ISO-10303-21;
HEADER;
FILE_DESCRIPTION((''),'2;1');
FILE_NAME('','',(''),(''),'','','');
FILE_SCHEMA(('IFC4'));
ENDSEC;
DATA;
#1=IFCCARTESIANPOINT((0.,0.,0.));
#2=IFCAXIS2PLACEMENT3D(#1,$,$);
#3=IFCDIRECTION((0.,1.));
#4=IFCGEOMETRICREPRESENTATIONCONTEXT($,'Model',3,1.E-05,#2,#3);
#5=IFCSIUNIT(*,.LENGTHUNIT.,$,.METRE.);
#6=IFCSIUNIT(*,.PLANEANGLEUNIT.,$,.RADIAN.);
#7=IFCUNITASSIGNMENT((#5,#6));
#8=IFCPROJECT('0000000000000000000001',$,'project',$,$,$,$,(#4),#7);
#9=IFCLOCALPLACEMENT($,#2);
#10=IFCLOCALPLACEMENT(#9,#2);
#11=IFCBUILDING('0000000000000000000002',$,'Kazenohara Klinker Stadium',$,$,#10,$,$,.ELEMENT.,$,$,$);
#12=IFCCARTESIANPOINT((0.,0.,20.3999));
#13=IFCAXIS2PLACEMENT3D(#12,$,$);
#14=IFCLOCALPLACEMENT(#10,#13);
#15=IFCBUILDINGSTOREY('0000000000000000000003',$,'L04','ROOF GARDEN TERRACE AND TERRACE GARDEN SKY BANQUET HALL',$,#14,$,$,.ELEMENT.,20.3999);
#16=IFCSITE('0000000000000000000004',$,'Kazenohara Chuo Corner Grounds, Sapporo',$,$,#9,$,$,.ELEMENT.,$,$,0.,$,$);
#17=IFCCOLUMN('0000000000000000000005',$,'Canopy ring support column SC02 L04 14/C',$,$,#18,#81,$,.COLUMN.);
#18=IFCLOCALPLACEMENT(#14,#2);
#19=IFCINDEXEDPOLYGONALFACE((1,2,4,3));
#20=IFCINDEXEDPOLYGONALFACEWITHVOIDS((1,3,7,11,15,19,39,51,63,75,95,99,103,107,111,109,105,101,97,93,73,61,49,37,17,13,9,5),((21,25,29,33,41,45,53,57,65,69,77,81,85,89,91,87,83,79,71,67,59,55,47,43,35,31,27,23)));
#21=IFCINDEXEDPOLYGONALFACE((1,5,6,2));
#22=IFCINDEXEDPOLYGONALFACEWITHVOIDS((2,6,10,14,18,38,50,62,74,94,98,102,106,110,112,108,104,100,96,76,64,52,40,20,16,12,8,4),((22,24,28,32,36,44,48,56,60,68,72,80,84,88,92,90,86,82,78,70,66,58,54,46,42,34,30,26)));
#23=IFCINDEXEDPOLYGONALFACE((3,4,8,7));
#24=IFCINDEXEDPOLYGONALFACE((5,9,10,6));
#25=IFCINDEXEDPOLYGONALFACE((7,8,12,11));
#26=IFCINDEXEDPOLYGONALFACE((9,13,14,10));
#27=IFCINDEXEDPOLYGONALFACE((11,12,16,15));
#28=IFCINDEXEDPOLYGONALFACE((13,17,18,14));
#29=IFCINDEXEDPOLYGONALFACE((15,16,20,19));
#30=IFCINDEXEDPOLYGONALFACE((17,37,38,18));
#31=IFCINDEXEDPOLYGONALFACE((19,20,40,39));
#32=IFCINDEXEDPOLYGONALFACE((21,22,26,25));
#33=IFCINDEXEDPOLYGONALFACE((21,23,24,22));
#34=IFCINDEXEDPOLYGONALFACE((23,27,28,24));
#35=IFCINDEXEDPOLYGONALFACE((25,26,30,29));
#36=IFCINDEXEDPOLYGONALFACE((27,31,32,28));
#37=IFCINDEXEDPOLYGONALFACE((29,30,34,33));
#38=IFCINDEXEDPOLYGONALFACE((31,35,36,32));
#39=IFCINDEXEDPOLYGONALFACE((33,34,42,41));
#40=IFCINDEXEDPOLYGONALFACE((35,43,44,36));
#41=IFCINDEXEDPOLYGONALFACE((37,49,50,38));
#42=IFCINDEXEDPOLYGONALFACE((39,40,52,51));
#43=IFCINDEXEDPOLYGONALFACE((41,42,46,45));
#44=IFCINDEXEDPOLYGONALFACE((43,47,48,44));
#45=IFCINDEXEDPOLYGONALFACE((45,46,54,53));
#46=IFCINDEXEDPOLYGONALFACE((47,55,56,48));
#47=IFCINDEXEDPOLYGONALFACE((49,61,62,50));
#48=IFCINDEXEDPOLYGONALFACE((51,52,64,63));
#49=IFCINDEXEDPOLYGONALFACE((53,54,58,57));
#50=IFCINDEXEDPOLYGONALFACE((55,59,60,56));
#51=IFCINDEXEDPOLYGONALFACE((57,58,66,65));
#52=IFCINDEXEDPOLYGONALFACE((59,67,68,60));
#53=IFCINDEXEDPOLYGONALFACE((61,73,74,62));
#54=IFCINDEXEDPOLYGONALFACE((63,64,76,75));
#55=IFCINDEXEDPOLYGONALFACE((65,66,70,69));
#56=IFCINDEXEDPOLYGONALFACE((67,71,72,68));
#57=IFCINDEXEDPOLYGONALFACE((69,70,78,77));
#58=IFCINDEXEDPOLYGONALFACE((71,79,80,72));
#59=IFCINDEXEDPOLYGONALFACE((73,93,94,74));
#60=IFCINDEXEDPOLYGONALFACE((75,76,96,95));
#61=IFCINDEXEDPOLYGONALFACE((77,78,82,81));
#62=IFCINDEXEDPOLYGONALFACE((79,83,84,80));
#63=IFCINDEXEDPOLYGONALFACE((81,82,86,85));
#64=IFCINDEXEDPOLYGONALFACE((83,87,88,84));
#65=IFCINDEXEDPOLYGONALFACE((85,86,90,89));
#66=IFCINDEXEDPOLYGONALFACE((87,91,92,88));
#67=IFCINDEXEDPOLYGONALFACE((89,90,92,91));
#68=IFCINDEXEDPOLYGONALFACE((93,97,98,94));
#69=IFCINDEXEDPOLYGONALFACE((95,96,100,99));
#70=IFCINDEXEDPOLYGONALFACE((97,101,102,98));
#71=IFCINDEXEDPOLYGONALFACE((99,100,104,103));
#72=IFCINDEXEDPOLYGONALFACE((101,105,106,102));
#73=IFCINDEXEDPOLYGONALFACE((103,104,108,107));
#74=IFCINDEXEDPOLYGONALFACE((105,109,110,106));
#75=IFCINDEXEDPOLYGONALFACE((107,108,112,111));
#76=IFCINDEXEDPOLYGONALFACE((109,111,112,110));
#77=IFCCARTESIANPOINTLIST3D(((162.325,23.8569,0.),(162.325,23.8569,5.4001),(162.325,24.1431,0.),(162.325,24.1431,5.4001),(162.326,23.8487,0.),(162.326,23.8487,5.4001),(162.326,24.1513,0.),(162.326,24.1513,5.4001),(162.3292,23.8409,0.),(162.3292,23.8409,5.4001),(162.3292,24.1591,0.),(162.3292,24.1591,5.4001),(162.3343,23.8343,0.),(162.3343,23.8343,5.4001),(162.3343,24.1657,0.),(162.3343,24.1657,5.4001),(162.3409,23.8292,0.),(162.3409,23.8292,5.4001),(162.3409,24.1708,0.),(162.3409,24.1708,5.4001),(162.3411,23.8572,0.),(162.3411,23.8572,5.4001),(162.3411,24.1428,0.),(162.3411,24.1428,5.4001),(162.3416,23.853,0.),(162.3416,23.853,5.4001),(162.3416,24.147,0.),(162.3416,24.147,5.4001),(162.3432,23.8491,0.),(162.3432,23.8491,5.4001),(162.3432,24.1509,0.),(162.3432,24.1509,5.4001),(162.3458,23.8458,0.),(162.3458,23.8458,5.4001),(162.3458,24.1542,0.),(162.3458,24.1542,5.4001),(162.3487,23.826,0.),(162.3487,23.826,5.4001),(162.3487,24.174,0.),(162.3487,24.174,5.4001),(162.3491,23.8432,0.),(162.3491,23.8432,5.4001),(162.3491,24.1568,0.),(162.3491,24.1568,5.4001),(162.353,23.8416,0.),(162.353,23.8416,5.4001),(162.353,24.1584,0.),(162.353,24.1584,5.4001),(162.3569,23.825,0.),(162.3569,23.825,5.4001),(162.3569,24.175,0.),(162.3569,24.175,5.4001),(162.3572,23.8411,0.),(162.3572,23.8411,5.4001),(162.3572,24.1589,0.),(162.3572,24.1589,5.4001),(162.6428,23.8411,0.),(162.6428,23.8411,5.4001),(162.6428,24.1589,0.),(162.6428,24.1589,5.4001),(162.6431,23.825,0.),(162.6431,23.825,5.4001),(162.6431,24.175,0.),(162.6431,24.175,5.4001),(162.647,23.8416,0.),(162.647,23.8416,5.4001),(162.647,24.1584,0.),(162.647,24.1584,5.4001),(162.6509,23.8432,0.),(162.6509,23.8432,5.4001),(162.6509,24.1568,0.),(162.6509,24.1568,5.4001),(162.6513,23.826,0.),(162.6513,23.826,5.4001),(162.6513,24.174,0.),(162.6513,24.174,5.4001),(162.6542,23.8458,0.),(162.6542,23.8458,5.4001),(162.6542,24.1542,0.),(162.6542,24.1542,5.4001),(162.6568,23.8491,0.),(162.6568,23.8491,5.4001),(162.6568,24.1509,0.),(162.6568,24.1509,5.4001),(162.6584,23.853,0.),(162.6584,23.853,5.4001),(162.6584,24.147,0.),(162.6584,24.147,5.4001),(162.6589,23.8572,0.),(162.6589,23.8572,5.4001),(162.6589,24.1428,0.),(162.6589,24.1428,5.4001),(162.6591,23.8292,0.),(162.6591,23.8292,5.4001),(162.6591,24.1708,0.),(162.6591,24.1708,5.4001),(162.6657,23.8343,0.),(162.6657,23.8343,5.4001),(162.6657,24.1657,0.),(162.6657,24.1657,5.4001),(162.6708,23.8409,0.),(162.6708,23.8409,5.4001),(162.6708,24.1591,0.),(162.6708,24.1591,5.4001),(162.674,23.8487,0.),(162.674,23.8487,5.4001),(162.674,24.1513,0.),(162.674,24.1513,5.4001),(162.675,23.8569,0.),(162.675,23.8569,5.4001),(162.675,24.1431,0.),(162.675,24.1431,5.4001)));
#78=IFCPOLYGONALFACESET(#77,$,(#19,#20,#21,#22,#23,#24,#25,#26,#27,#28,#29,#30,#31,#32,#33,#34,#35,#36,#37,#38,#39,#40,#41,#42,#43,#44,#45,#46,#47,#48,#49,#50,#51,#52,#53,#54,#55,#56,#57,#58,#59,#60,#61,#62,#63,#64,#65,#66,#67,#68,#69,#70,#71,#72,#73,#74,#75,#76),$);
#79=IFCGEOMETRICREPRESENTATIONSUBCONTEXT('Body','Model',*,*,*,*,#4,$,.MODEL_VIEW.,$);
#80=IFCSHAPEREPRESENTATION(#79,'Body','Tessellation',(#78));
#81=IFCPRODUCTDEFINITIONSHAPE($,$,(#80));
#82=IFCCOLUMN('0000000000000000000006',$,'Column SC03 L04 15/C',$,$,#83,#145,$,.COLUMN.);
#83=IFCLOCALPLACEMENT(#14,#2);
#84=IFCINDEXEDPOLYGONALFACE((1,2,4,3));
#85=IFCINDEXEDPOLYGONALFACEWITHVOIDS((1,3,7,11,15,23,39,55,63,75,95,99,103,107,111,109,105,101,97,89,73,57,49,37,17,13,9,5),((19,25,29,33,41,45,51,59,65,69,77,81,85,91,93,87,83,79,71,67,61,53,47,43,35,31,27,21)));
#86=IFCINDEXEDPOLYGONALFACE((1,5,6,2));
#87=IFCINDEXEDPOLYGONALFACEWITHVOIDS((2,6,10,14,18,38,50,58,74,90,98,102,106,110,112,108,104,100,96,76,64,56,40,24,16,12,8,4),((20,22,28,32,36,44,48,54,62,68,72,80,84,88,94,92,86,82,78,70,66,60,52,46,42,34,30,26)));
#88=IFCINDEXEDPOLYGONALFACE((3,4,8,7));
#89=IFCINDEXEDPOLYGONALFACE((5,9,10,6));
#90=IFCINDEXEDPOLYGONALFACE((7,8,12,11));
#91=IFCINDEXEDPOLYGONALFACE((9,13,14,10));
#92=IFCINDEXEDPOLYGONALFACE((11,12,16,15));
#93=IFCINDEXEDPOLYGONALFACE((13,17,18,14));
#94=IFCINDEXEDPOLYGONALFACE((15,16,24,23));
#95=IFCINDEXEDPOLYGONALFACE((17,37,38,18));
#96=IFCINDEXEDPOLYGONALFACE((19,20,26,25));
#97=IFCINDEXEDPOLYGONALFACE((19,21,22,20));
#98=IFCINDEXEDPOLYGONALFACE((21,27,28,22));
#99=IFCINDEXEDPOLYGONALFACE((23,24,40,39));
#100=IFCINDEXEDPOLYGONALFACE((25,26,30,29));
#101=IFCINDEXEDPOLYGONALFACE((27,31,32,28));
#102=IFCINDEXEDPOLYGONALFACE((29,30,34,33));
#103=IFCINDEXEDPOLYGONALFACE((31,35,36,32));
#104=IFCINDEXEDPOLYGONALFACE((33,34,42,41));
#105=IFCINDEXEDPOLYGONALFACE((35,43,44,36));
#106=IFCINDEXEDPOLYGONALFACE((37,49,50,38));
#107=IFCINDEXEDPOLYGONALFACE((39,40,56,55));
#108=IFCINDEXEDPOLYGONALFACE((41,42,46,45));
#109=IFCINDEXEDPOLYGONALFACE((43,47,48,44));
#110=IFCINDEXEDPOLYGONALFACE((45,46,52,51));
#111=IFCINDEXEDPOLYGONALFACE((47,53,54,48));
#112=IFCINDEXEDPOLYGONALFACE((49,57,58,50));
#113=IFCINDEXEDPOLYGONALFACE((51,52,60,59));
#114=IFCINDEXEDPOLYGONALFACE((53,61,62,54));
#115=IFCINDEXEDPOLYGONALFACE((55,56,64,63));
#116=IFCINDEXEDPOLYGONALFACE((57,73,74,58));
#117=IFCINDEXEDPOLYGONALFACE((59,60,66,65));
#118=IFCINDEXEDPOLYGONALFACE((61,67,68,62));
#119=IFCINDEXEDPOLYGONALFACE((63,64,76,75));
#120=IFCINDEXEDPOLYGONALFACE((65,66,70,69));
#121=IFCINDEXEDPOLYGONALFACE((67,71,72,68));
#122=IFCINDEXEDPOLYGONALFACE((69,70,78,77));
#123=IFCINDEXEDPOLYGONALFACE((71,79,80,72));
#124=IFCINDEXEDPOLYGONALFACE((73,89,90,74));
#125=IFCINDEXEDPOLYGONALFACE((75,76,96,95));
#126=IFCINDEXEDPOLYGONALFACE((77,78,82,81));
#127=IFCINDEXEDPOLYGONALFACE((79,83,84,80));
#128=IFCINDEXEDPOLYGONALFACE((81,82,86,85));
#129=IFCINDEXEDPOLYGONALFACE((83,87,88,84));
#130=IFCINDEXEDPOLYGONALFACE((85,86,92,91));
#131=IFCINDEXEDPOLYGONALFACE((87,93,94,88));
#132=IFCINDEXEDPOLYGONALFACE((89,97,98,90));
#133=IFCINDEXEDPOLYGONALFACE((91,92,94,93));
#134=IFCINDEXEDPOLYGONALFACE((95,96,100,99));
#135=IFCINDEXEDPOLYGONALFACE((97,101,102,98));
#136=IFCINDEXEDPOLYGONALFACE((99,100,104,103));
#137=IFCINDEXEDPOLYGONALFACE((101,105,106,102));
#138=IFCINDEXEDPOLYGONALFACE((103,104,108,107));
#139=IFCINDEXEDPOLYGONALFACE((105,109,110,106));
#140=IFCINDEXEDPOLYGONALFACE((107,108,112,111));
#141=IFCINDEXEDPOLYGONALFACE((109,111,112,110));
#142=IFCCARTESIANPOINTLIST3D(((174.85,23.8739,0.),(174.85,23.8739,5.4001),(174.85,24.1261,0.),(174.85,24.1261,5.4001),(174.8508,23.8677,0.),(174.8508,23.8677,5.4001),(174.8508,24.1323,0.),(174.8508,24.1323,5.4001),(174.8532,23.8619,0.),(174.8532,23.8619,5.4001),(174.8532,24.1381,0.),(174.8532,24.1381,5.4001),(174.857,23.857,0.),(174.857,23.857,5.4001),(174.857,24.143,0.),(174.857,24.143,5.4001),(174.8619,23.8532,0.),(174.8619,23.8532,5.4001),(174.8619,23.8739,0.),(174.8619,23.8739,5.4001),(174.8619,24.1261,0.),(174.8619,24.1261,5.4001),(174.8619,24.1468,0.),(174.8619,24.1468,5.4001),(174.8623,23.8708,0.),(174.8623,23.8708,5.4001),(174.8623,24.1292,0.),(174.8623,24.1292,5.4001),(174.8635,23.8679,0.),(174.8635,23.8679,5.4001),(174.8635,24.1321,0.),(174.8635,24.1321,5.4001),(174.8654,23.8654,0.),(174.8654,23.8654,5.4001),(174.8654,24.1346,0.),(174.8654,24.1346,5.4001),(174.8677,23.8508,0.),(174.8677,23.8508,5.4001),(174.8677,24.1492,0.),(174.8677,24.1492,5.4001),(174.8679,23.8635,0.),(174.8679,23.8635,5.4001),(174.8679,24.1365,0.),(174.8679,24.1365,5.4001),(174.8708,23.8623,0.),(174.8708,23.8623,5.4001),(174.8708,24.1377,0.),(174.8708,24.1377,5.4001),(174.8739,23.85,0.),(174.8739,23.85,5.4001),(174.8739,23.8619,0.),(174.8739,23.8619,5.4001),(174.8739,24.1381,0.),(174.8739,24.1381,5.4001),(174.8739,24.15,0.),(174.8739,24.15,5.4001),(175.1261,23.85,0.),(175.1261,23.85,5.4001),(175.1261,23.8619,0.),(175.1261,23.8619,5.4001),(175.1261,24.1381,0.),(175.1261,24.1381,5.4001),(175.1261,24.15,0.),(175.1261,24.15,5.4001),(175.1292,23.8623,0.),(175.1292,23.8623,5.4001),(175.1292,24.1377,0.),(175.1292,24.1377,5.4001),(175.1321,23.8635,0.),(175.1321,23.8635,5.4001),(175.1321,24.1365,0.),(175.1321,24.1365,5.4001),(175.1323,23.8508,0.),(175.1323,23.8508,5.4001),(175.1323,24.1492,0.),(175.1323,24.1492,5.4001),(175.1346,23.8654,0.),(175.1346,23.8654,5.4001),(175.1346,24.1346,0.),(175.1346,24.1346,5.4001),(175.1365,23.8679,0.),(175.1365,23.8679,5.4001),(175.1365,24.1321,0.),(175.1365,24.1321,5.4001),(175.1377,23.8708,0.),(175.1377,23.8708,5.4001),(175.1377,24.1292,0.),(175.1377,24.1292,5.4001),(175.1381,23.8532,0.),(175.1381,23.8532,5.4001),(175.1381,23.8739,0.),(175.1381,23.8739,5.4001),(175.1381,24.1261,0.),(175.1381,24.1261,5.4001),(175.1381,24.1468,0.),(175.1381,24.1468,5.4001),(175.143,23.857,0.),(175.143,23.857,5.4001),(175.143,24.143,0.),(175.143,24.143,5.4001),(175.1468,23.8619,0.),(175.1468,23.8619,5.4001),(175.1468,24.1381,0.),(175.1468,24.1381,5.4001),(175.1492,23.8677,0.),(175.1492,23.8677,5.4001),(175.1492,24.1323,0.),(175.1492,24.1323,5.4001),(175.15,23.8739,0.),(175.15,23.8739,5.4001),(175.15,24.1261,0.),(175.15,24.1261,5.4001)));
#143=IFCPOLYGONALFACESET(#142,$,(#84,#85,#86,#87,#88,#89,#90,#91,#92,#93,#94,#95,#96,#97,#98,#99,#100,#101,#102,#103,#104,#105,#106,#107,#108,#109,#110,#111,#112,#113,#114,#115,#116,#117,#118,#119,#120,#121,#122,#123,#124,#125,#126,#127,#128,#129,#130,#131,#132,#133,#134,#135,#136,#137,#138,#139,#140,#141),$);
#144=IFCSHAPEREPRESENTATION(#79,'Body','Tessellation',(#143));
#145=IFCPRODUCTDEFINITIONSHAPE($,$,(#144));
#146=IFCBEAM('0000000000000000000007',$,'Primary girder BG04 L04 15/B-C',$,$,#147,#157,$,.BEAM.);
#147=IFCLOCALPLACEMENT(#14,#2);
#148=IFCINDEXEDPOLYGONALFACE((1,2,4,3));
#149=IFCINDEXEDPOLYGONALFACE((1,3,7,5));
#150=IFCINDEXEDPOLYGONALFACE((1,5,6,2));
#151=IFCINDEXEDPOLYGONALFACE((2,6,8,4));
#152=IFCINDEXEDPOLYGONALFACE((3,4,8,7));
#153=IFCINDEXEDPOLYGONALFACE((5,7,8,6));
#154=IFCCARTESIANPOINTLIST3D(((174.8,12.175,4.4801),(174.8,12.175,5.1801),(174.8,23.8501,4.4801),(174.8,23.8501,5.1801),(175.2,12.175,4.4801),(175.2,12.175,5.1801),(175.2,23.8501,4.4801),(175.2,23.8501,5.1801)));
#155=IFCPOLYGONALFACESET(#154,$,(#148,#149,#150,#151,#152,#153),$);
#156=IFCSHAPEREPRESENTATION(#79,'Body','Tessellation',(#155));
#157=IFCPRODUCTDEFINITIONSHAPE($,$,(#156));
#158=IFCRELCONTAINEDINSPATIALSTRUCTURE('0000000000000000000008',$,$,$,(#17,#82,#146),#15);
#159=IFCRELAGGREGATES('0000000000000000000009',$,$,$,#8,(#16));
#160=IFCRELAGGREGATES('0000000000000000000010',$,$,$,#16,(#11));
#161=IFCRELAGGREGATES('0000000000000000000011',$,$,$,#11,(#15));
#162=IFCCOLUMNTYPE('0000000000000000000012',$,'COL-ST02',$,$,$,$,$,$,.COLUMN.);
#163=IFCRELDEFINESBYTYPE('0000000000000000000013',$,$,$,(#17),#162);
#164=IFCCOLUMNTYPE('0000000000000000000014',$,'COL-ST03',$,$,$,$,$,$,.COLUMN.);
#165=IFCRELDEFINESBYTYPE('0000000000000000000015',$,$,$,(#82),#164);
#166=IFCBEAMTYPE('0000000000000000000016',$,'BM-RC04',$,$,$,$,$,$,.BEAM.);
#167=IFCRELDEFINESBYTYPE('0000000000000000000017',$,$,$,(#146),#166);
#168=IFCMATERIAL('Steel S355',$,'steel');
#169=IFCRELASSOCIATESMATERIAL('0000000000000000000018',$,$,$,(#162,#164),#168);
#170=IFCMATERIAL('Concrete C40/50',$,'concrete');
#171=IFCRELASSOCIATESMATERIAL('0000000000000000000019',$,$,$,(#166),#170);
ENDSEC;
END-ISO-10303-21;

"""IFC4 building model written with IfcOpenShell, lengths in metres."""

from ifc_helpers import new_model, si_unit, direction, frame, origin, origin_2d, place, context, subcontext, project, spatial, rectangle, hollow_rectangle, extrude, material, material_profile, profile_set, type_object, element, save


model = new_model("IFC4")

# Units and contexts
model_context = context("Model", 3, precision=1e-05, world=origin(), true_north=direction((0.0, 1.0)))
body_context = subcontext(model_context, "Body", "Model", "MODEL_VIEW")
ifc_project = project(units=[si_unit("LENGTHUNIT", "METRE"), si_unit("PLANEANGLEUNIT", "RADIAN")], contexts=[model_context])

# Site, building, storey
site_placement = place(None, origin())
site = spatial("IfcSite", under=ifc_project, at=site_placement, Name="Kazenohara Chuo Corner Grounds, Sapporo", CompositionType="ELEMENT", RefElevation=0.0)
building_placement = place(site_placement, origin())
building = spatial("IfcBuilding", under=site, at=building_placement, Name="Kazenohara Klinker Stadium", CompositionType="ELEMENT")
storey_placement = place(building_placement, frame((0.0, 0.0, 20.3999)))
storey = spatial("IfcBuildingStorey", under=building, at=storey_placement, Name="L04", Description="ROOF GARDEN TERRACE AND TERRACE GARDEN SKY BANQUET HALL", CompositionType="ELEMENT", Elevation=20.3999)

# Columns
ifc_material_1 = material(Name="Steel S355", Category="steel")
ifc_material_profile_1 = material_profile(ifc_material_1, hollow_rectangle(XDim=0.3501, YDim=0.3501, WallThickness=0.0161, InnerFilletRadius=0.0161, OuterFilletRadius=0.032, at=origin_2d()), Name="SHS-350x350x16")
ifc_profile_set_1 = profile_set([ifc_material_profile_1], Name="Steel S355")
column_type_1 = type_object("IfcColumnType", Name="COL-ST02", PredefinedType="COLUMN", material=ifc_profile_set_1)
for number, where, z_axis, x_axis, name in (
    (1, (162.5, 24.0, 0.0), (0.0, 0.0, 1.0), (1.0, 0.0, 0.0), "Canopy ring support column SC02 L04 14/C"),
):
    element("IfcColumn", number, at=place(storey_placement, frame(where, z_axis=z_axis, x_axis=x_axis)), inside=storey, type_object=column_type_1, Name=name, PredefinedType="COLUMN", context=body_context, shape_type="SweptSolid", body=[
        extrude(hollow_rectangle(XDim=0.3501, YDim=0.3501, WallThickness=0.0161, InnerFilletRadius=0.0161, OuterFilletRadius=0.032, at=origin_2d()), origin(), (0.0, 0.0, 1.0), 5.4001),
    ])
ifc_material_profile_2 = material_profile(ifc_material_1, hollow_rectangle(XDim=0.3, YDim=0.3, WallThickness=0.012, InnerFilletRadius=0.012, OuterFilletRadius=0.0239, at=origin_2d()), Name="SHS-300x300x12")
ifc_profile_set_2 = profile_set([ifc_material_profile_2], Name="Steel S355")
column_type_2 = type_object("IfcColumnType", Name="COL-ST03", PredefinedType="COLUMN", material=ifc_profile_set_2)
column_1_placement = place(storey_placement, frame((175.0, 24.0, 0.0), z_axis=(0.0, 0.0, 1.0), x_axis=(1.0, 0.0, 0.0)))
element("IfcColumn", 2, at=column_1_placement, inside=storey, type_object=column_type_2, Name="Column SC03 L04 15/C", PredefinedType="COLUMN", context=body_context, shape_type="SweptSolid", body=[
    extrude(hollow_rectangle(XDim=0.3, YDim=0.3, WallThickness=0.012, InnerFilletRadius=0.012, OuterFilletRadius=0.0239, at=origin_2d()), origin(), (0.0, 0.0, 1.0), 5.4001),
])

# Beam
ifc_material_2 = material(Name="Concrete C40/50", Category="concrete")
ifc_material_profile_3 = material_profile(ifc_material_2, rectangle(XDim=0.3999, YDim=0.7, at=origin_2d()), Name="RC-BM-400x700")
ifc_profile_set_3 = profile_set([ifc_material_profile_3], Name="Concrete C40/50")
beam_type_1 = type_object("IfcBeamType", Name="BM-RC04", PredefinedType="BEAM", material=ifc_profile_set_3)
beam_placement = place(storey_placement, frame((175.0, 12.175, 4.8301), z_axis=(0.0, 1.0, 0.0), x_axis=(-1.0, 0.0, 0.0)))
element("IfcBeam", 3, at=beam_placement, inside=storey, type_object=beam_type_1, Name="Primary girder BG04 L04 15/B-C", PredefinedType="BEAM", context=body_context, shape_type="SweptSolid", body=[
    extrude(rectangle(XDim=0.3999, YDim=0.7, at=origin_2d()), origin(), (0.0, 0.0, 1.0), 11.675),
])

save(model, "model.ifc")
